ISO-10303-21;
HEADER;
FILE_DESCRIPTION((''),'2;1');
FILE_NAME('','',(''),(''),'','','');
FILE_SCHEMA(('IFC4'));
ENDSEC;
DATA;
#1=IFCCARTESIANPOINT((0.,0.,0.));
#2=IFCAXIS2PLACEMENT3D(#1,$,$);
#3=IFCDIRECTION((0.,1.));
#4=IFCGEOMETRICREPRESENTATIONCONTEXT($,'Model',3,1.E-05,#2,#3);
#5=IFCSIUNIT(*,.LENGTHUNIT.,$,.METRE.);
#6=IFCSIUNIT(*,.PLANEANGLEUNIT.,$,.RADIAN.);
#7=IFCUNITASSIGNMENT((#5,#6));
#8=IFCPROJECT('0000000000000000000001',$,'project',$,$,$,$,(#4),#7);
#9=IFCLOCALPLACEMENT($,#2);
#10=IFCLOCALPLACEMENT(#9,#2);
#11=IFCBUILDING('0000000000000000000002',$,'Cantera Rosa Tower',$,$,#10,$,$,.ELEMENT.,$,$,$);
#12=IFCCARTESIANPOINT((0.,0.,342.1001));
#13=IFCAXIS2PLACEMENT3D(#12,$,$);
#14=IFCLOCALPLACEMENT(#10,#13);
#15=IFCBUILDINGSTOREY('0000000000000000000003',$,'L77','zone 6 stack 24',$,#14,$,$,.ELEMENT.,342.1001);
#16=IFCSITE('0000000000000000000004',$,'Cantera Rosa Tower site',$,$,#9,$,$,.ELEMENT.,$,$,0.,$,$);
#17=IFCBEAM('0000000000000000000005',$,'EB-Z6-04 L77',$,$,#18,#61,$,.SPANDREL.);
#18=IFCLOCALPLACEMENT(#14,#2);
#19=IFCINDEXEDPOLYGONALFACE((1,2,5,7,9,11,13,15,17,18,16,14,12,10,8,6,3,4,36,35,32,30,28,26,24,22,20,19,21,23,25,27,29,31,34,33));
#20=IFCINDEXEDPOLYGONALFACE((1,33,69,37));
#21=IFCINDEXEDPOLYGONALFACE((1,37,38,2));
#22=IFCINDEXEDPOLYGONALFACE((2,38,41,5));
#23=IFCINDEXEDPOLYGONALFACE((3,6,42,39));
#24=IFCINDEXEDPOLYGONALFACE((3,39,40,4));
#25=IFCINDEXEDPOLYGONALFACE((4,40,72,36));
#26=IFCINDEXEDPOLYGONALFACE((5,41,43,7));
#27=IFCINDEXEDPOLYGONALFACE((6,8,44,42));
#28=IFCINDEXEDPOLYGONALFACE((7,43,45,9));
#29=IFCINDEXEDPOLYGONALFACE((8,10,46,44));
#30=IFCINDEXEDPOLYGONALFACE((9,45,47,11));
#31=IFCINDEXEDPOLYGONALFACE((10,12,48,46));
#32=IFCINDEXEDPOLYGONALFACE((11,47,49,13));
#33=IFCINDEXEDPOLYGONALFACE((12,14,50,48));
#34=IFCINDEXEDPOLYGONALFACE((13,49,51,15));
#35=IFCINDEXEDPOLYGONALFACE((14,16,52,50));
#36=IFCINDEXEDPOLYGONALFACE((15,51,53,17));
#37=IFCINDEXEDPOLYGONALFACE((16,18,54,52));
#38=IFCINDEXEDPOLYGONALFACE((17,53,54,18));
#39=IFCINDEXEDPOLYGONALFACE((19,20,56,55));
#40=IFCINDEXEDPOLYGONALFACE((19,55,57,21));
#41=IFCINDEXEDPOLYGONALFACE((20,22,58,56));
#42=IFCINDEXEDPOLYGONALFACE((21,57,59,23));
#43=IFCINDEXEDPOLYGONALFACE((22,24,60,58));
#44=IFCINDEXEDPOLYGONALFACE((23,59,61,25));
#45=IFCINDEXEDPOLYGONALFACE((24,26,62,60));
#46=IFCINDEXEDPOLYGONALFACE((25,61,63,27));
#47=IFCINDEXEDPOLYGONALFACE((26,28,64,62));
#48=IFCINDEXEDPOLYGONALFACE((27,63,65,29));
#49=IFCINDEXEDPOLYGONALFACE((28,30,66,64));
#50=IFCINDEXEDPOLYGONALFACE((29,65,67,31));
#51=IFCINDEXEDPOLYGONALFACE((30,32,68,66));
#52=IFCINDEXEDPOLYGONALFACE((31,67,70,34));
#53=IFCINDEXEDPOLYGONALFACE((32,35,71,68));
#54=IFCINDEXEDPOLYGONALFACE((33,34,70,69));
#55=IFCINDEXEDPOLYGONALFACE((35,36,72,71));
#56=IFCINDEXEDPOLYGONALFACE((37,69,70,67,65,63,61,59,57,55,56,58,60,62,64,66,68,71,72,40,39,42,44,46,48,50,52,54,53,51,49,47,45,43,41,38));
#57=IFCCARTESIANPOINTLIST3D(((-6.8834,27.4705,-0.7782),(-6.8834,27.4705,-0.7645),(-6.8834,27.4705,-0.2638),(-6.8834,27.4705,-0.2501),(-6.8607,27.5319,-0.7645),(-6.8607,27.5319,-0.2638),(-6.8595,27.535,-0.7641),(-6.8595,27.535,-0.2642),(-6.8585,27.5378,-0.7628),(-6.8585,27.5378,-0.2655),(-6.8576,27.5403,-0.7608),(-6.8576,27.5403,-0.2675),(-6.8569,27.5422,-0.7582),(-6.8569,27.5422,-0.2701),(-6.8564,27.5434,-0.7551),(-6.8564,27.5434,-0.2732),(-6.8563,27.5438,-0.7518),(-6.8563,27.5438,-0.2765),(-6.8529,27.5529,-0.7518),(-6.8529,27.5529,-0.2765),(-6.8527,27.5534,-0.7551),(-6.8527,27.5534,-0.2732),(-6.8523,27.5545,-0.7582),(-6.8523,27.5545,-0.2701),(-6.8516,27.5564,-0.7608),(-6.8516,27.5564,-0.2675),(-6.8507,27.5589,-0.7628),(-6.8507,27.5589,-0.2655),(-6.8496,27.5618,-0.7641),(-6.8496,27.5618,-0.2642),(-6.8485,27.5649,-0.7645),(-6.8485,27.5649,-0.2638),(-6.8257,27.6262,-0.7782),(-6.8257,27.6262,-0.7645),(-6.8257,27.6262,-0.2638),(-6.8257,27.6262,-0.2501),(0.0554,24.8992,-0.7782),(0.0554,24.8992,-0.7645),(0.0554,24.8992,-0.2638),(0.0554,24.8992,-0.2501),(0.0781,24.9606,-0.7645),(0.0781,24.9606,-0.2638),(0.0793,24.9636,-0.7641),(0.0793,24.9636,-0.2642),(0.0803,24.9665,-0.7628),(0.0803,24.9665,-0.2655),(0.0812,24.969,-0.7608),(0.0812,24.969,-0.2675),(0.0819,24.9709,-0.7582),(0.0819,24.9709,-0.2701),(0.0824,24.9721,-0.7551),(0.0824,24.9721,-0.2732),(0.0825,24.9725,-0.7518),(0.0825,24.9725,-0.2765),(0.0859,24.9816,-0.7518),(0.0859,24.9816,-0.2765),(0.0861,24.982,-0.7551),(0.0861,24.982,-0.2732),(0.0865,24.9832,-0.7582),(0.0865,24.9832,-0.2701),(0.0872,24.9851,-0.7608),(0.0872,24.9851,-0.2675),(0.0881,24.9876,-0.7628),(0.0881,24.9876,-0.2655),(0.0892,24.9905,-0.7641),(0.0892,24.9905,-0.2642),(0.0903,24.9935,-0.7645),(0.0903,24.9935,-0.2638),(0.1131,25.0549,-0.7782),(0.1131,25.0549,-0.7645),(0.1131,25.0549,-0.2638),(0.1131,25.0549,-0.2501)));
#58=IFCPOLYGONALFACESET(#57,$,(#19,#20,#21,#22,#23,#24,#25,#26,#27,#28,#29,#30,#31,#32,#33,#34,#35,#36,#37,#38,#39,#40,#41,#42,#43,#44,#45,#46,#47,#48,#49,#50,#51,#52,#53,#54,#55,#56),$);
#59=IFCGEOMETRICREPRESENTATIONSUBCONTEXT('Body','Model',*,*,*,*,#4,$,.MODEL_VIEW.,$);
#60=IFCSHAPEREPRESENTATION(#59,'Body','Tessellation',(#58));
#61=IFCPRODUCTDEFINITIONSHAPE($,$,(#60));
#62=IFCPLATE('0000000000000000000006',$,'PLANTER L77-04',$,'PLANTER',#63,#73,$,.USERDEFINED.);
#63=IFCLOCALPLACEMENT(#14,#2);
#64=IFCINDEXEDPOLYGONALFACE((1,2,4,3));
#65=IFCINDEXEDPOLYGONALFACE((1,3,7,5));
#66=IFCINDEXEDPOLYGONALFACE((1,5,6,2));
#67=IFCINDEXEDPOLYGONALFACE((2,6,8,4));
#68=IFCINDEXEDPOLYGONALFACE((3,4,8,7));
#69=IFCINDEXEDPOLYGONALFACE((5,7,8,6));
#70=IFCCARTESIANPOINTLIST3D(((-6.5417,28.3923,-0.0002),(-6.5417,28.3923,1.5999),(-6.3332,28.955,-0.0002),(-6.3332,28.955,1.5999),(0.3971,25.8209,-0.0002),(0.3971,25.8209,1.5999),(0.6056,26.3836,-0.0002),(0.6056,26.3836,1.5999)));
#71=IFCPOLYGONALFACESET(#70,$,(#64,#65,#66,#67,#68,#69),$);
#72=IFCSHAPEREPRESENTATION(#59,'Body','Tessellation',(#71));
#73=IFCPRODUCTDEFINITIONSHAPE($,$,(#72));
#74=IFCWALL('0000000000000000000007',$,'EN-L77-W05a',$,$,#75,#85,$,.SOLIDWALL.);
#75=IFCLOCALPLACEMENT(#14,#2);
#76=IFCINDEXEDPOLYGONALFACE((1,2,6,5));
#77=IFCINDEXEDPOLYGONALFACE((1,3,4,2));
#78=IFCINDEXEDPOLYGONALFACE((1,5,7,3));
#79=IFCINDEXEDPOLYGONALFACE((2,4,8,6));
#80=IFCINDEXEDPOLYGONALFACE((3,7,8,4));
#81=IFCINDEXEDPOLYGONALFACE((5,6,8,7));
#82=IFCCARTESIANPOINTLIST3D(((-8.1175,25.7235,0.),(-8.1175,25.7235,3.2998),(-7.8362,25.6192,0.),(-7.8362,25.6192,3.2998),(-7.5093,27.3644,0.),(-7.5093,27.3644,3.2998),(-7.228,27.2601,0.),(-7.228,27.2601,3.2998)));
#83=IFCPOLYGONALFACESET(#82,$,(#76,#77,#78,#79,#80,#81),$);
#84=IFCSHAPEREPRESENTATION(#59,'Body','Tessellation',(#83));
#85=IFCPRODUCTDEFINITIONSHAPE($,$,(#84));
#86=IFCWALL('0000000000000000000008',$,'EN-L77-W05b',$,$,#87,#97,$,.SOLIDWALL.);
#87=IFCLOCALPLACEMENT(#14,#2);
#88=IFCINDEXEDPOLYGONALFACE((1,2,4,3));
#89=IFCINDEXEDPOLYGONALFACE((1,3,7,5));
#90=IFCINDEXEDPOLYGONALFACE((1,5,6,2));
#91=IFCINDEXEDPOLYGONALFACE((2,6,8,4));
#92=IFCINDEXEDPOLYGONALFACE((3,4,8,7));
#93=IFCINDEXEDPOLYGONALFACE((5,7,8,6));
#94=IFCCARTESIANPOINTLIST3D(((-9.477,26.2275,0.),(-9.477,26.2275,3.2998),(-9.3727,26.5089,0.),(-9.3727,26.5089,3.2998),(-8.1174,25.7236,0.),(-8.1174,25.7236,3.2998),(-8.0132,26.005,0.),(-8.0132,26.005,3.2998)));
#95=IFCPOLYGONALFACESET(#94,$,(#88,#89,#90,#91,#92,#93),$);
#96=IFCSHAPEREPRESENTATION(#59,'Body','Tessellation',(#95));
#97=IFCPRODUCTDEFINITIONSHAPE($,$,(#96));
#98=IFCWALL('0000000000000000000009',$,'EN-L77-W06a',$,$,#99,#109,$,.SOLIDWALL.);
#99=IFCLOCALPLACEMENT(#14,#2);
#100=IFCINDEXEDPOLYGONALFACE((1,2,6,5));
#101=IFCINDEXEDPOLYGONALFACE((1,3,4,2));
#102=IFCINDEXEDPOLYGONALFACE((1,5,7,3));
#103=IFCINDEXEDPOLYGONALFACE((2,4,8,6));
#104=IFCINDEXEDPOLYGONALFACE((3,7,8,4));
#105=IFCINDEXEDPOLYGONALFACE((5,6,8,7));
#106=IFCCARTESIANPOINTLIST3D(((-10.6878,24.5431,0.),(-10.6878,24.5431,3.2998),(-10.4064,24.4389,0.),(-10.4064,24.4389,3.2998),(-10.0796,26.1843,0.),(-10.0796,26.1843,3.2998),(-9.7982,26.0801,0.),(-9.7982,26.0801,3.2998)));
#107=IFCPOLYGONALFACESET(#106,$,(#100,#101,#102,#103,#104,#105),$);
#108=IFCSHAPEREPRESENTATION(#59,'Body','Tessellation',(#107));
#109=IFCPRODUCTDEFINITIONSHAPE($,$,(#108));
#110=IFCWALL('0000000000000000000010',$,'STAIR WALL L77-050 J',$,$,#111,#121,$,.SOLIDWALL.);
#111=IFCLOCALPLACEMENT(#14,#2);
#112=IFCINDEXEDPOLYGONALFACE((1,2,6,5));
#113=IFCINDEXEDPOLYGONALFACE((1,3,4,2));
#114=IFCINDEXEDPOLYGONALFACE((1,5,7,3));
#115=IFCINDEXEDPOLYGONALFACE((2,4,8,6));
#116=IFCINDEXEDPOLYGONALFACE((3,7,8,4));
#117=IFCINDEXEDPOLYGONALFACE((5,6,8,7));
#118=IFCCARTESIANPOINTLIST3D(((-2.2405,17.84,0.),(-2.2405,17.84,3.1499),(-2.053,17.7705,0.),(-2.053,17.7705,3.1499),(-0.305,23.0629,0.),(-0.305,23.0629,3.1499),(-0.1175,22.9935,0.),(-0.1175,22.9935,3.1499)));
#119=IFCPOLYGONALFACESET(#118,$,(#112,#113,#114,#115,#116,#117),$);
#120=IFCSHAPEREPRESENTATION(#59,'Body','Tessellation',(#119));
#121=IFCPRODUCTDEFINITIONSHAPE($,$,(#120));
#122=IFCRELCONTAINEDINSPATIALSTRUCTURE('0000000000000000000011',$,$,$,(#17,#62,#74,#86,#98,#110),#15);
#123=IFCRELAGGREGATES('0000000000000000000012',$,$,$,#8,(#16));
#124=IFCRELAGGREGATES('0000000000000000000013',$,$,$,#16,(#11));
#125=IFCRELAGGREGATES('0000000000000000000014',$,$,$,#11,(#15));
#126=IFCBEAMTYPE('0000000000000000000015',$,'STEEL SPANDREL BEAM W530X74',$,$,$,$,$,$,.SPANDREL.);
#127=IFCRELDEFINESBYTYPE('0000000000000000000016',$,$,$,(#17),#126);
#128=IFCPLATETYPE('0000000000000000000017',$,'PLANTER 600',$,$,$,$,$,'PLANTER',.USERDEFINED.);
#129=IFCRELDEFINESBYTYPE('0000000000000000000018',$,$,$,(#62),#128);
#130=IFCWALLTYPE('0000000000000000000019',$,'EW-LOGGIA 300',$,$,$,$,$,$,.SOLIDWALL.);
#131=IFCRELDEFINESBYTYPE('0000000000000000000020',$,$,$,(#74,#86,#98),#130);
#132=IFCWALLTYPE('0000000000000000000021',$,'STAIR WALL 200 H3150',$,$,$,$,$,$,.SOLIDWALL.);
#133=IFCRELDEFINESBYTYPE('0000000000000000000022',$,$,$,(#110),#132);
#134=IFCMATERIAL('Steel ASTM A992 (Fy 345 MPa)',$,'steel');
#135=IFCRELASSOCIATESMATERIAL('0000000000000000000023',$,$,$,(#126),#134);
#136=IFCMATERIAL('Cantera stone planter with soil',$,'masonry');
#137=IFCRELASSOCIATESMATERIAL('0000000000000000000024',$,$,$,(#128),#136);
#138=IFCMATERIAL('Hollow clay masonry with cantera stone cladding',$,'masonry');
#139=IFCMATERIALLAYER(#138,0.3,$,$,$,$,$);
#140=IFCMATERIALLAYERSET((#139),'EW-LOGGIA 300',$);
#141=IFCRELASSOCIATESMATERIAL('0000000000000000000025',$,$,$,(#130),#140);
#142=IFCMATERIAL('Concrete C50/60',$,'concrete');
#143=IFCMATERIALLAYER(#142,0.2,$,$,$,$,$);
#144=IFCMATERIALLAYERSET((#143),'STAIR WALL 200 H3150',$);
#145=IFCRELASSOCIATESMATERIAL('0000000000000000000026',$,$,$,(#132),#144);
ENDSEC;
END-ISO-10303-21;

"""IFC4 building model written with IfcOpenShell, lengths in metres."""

from ifc_helpers import new_model, si_unit, direction, frame, frame_2d, origin, origin_2d, place, context, subcontext, project, spatial, rectangle, i_section, extrude, material, layer, layer_set, material_profile, profile_set, type_object, element, save


model = new_model("IFC4")

# Units and contexts
model_context = context("Model", 3, precision=1e-05, world=origin(), true_north=direction((0.0, 1.0)))
body_context = subcontext(model_context, "Body", "Model", "MODEL_VIEW")
ifc_project = project(units=[si_unit("LENGTHUNIT", "METRE"), si_unit("PLANEANGLEUNIT", "RADIAN")], contexts=[model_context])

# Site, building, storey
site_placement = place(None, origin())
site = spatial("IfcSite", under=ifc_project, at=site_placement, Name="Cantera Rosa Tower site", CompositionType="ELEMENT", RefElevation=0.0)
building_placement = place(site_placement, origin())
building = spatial("IfcBuilding", under=site, at=building_placement, Name="Cantera Rosa Tower", CompositionType="ELEMENT")
storey_placement = place(building_placement, frame((0.0, 0.0, 342.1001)))
storey = spatial("IfcBuildingStorey", under=building, at=storey_placement, Name="L77", Description="zone 6 stack 24", CompositionType="ELEMENT", Elevation=342.1001)

# Beam
ifc_material_1 = material(Name="Steel ASTM A992 (Fy 345 MPa)", Category="steel")
ifc_material_profile_1 = material_profile(ifc_material_1, i_section(OverallWidth=0.166, OverallDepth=0.5281, WebThickness=0.0098, FlangeThickness=0.0137, FilletRadius=0.0127, at=origin_2d()), Name="W530X74")
ifc_profile_set_1 = profile_set([ifc_material_profile_1], Name="Steel ASTM A992 (Fy 345 MPa)")
beam_type_1 = type_object("IfcBeamType", Name="STEEL SPANDREL BEAM W530X74", PredefinedType="SPANDREL", material=ifc_profile_set_1)
beam_1_placement = place(storey_placement, frame((0.0842, 24.9771, -0.5142), z_axis=(-0.937687, 0.34748, 0.0), x_axis=(-0.34748, -0.937687, 0.0)))
element("IfcBeam", 1, at=beam_1_placement, inside=storey, type_object=beam_type_1, Name="EB-Z6-04 L77", PredefinedType="SPANDREL", context=body_context, shape_type="SweptSolid", body=[
    extrude(i_section(OverallWidth=0.166, OverallDepth=0.5281, WebThickness=0.0098, FlangeThickness=0.0137, FilletRadius=0.0127, at=origin_2d()), origin(), (0.0, 0.0, 1.0), 7.3999),
])

# Plate
ifc_material_2 = material(Name="Cantera stone planter with soil", Category="masonry")
plate_type = type_object("IfcPlateType", Name="PLANTER 600", ElementType="PLANTER", PredefinedType="USERDEFINED", material=ifc_material_2)
plate_placement = place(storey_placement, frame((-2.968, 27.3879, -0.0002), z_axis=(0.0, 0.0, 1.0), x_axis=(-0.937687, 0.347481, 0.0)))
element("IfcPlate", 2, at=plate_placement, inside=storey, type_object=plate_type, Name="PLANTER L77-04", ObjectType="PLANTER", PredefinedType="USERDEFINED", context=body_context, shape_type="SweptSolid", body=[
    extrude(rectangle(XDim=7.3999, YDim=0.6001, at=origin_2d()), origin(), (0.0, 0.0, 1.0), 1.6001),
])

# Walls
ifc_material_3 = material(Name="Hollow clay masonry with cantera stone cladding", Category="masonry")
ifc_layer_1 = layer(ifc_material_3, 0.3)
ifc_layer_set_1 = layer_set([ifc_layer_1], Name="EW-LOGGIA 300")
wall_type_1 = type_object("IfcWallType", Name="EW-LOGGIA 300", PredefinedType="SOLIDWALL", material=ifc_layer_set_1)
wall_1_placement = place(storey_placement, frame((-7.3687, 27.3123, 0.0), z_axis=(0.0, 0.0, 1.0), x_axis=(-0.347528, -0.93767, 0.0)))
element("IfcWall", 3, at=wall_1_placement, inside=storey, type_object=wall_type_1, Name="EN-L77-W05a", PredefinedType="SOLIDWALL", context=body_context, shape_type="SweptSolid", body=[
    extrude(rectangle(XDim=1.75, YDim=0.3, at=frame_2d((0.875, 0.0))), origin(), (0.0, 0.0, 1.0), 3.2998),
])
wall_2_placement = place(storey_placement, frame((-8.0652, 25.8643, 0.0), z_axis=(0.0, 0.0, 1.0), x_axis=(-0.937672, 0.347523, 0.0)))
element("IfcWall", 4, at=wall_2_placement, inside=storey, type_object=wall_type_1, Name="EN-L77-W05b", PredefinedType="SOLIDWALL", context=body_context, shape_type="SweptSolid", body=[
    extrude(rectangle(XDim=1.45, YDim=0.3, at=frame_2d((0.7251, 0.0))), origin(), (0.0, 0.0, 1.0), 3.2998),
])
wall_3_placement = place(storey_placement, frame((-9.939, 26.1321, 0.0), z_axis=(0.0, 0.0, 1.0), x_axis=(-0.347482, -0.937686, 0.0)))
element("IfcWall", 5, at=wall_3_placement, inside=storey, type_object=wall_type_1, Name="EN-L77-W06a", PredefinedType="SOLIDWALL", context=body_context, shape_type="SweptSolid", body=[
    extrude(rectangle(XDim=1.7502, YDim=0.3, at=frame_2d((0.875, 0.0))), origin(), (0.0, 0.0, 1.0), 3.2998),
])

# Wall
ifc_material_4 = material(Name="Concrete C50/60", Category="concrete")
ifc_layer_2 = layer(ifc_material_4, 0.2)
ifc_layer_set_2 = layer_set([ifc_layer_2], Name="STAIR WALL 200 H3150")
wall_type_2 = type_object("IfcWallType", Name="STAIR WALL 200 H3150", PredefinedType="SOLIDWALL", material=ifc_layer_set_2)
wall_4_placement = place(storey_placement, frame((-0.2112, 23.0283, 0.0), z_axis=(0.0, 0.0, 1.0), x_axis=(-0.347494, -0.937682, 0.0)))
element("IfcWall", 6, at=wall_4_placement, inside=storey, type_object=wall_type_2, Name="STAIR WALL L77-050 J", PredefinedType="SOLIDWALL", context=body_context, shape_type="SweptSolid", body=[
    extrude(rectangle(XDim=5.5701, YDim=0.2, at=frame_2d((2.7852, 0.0))), origin(), (0.0, 0.0, 1.0), 3.1499),
])

save(model, "model.ifc")
